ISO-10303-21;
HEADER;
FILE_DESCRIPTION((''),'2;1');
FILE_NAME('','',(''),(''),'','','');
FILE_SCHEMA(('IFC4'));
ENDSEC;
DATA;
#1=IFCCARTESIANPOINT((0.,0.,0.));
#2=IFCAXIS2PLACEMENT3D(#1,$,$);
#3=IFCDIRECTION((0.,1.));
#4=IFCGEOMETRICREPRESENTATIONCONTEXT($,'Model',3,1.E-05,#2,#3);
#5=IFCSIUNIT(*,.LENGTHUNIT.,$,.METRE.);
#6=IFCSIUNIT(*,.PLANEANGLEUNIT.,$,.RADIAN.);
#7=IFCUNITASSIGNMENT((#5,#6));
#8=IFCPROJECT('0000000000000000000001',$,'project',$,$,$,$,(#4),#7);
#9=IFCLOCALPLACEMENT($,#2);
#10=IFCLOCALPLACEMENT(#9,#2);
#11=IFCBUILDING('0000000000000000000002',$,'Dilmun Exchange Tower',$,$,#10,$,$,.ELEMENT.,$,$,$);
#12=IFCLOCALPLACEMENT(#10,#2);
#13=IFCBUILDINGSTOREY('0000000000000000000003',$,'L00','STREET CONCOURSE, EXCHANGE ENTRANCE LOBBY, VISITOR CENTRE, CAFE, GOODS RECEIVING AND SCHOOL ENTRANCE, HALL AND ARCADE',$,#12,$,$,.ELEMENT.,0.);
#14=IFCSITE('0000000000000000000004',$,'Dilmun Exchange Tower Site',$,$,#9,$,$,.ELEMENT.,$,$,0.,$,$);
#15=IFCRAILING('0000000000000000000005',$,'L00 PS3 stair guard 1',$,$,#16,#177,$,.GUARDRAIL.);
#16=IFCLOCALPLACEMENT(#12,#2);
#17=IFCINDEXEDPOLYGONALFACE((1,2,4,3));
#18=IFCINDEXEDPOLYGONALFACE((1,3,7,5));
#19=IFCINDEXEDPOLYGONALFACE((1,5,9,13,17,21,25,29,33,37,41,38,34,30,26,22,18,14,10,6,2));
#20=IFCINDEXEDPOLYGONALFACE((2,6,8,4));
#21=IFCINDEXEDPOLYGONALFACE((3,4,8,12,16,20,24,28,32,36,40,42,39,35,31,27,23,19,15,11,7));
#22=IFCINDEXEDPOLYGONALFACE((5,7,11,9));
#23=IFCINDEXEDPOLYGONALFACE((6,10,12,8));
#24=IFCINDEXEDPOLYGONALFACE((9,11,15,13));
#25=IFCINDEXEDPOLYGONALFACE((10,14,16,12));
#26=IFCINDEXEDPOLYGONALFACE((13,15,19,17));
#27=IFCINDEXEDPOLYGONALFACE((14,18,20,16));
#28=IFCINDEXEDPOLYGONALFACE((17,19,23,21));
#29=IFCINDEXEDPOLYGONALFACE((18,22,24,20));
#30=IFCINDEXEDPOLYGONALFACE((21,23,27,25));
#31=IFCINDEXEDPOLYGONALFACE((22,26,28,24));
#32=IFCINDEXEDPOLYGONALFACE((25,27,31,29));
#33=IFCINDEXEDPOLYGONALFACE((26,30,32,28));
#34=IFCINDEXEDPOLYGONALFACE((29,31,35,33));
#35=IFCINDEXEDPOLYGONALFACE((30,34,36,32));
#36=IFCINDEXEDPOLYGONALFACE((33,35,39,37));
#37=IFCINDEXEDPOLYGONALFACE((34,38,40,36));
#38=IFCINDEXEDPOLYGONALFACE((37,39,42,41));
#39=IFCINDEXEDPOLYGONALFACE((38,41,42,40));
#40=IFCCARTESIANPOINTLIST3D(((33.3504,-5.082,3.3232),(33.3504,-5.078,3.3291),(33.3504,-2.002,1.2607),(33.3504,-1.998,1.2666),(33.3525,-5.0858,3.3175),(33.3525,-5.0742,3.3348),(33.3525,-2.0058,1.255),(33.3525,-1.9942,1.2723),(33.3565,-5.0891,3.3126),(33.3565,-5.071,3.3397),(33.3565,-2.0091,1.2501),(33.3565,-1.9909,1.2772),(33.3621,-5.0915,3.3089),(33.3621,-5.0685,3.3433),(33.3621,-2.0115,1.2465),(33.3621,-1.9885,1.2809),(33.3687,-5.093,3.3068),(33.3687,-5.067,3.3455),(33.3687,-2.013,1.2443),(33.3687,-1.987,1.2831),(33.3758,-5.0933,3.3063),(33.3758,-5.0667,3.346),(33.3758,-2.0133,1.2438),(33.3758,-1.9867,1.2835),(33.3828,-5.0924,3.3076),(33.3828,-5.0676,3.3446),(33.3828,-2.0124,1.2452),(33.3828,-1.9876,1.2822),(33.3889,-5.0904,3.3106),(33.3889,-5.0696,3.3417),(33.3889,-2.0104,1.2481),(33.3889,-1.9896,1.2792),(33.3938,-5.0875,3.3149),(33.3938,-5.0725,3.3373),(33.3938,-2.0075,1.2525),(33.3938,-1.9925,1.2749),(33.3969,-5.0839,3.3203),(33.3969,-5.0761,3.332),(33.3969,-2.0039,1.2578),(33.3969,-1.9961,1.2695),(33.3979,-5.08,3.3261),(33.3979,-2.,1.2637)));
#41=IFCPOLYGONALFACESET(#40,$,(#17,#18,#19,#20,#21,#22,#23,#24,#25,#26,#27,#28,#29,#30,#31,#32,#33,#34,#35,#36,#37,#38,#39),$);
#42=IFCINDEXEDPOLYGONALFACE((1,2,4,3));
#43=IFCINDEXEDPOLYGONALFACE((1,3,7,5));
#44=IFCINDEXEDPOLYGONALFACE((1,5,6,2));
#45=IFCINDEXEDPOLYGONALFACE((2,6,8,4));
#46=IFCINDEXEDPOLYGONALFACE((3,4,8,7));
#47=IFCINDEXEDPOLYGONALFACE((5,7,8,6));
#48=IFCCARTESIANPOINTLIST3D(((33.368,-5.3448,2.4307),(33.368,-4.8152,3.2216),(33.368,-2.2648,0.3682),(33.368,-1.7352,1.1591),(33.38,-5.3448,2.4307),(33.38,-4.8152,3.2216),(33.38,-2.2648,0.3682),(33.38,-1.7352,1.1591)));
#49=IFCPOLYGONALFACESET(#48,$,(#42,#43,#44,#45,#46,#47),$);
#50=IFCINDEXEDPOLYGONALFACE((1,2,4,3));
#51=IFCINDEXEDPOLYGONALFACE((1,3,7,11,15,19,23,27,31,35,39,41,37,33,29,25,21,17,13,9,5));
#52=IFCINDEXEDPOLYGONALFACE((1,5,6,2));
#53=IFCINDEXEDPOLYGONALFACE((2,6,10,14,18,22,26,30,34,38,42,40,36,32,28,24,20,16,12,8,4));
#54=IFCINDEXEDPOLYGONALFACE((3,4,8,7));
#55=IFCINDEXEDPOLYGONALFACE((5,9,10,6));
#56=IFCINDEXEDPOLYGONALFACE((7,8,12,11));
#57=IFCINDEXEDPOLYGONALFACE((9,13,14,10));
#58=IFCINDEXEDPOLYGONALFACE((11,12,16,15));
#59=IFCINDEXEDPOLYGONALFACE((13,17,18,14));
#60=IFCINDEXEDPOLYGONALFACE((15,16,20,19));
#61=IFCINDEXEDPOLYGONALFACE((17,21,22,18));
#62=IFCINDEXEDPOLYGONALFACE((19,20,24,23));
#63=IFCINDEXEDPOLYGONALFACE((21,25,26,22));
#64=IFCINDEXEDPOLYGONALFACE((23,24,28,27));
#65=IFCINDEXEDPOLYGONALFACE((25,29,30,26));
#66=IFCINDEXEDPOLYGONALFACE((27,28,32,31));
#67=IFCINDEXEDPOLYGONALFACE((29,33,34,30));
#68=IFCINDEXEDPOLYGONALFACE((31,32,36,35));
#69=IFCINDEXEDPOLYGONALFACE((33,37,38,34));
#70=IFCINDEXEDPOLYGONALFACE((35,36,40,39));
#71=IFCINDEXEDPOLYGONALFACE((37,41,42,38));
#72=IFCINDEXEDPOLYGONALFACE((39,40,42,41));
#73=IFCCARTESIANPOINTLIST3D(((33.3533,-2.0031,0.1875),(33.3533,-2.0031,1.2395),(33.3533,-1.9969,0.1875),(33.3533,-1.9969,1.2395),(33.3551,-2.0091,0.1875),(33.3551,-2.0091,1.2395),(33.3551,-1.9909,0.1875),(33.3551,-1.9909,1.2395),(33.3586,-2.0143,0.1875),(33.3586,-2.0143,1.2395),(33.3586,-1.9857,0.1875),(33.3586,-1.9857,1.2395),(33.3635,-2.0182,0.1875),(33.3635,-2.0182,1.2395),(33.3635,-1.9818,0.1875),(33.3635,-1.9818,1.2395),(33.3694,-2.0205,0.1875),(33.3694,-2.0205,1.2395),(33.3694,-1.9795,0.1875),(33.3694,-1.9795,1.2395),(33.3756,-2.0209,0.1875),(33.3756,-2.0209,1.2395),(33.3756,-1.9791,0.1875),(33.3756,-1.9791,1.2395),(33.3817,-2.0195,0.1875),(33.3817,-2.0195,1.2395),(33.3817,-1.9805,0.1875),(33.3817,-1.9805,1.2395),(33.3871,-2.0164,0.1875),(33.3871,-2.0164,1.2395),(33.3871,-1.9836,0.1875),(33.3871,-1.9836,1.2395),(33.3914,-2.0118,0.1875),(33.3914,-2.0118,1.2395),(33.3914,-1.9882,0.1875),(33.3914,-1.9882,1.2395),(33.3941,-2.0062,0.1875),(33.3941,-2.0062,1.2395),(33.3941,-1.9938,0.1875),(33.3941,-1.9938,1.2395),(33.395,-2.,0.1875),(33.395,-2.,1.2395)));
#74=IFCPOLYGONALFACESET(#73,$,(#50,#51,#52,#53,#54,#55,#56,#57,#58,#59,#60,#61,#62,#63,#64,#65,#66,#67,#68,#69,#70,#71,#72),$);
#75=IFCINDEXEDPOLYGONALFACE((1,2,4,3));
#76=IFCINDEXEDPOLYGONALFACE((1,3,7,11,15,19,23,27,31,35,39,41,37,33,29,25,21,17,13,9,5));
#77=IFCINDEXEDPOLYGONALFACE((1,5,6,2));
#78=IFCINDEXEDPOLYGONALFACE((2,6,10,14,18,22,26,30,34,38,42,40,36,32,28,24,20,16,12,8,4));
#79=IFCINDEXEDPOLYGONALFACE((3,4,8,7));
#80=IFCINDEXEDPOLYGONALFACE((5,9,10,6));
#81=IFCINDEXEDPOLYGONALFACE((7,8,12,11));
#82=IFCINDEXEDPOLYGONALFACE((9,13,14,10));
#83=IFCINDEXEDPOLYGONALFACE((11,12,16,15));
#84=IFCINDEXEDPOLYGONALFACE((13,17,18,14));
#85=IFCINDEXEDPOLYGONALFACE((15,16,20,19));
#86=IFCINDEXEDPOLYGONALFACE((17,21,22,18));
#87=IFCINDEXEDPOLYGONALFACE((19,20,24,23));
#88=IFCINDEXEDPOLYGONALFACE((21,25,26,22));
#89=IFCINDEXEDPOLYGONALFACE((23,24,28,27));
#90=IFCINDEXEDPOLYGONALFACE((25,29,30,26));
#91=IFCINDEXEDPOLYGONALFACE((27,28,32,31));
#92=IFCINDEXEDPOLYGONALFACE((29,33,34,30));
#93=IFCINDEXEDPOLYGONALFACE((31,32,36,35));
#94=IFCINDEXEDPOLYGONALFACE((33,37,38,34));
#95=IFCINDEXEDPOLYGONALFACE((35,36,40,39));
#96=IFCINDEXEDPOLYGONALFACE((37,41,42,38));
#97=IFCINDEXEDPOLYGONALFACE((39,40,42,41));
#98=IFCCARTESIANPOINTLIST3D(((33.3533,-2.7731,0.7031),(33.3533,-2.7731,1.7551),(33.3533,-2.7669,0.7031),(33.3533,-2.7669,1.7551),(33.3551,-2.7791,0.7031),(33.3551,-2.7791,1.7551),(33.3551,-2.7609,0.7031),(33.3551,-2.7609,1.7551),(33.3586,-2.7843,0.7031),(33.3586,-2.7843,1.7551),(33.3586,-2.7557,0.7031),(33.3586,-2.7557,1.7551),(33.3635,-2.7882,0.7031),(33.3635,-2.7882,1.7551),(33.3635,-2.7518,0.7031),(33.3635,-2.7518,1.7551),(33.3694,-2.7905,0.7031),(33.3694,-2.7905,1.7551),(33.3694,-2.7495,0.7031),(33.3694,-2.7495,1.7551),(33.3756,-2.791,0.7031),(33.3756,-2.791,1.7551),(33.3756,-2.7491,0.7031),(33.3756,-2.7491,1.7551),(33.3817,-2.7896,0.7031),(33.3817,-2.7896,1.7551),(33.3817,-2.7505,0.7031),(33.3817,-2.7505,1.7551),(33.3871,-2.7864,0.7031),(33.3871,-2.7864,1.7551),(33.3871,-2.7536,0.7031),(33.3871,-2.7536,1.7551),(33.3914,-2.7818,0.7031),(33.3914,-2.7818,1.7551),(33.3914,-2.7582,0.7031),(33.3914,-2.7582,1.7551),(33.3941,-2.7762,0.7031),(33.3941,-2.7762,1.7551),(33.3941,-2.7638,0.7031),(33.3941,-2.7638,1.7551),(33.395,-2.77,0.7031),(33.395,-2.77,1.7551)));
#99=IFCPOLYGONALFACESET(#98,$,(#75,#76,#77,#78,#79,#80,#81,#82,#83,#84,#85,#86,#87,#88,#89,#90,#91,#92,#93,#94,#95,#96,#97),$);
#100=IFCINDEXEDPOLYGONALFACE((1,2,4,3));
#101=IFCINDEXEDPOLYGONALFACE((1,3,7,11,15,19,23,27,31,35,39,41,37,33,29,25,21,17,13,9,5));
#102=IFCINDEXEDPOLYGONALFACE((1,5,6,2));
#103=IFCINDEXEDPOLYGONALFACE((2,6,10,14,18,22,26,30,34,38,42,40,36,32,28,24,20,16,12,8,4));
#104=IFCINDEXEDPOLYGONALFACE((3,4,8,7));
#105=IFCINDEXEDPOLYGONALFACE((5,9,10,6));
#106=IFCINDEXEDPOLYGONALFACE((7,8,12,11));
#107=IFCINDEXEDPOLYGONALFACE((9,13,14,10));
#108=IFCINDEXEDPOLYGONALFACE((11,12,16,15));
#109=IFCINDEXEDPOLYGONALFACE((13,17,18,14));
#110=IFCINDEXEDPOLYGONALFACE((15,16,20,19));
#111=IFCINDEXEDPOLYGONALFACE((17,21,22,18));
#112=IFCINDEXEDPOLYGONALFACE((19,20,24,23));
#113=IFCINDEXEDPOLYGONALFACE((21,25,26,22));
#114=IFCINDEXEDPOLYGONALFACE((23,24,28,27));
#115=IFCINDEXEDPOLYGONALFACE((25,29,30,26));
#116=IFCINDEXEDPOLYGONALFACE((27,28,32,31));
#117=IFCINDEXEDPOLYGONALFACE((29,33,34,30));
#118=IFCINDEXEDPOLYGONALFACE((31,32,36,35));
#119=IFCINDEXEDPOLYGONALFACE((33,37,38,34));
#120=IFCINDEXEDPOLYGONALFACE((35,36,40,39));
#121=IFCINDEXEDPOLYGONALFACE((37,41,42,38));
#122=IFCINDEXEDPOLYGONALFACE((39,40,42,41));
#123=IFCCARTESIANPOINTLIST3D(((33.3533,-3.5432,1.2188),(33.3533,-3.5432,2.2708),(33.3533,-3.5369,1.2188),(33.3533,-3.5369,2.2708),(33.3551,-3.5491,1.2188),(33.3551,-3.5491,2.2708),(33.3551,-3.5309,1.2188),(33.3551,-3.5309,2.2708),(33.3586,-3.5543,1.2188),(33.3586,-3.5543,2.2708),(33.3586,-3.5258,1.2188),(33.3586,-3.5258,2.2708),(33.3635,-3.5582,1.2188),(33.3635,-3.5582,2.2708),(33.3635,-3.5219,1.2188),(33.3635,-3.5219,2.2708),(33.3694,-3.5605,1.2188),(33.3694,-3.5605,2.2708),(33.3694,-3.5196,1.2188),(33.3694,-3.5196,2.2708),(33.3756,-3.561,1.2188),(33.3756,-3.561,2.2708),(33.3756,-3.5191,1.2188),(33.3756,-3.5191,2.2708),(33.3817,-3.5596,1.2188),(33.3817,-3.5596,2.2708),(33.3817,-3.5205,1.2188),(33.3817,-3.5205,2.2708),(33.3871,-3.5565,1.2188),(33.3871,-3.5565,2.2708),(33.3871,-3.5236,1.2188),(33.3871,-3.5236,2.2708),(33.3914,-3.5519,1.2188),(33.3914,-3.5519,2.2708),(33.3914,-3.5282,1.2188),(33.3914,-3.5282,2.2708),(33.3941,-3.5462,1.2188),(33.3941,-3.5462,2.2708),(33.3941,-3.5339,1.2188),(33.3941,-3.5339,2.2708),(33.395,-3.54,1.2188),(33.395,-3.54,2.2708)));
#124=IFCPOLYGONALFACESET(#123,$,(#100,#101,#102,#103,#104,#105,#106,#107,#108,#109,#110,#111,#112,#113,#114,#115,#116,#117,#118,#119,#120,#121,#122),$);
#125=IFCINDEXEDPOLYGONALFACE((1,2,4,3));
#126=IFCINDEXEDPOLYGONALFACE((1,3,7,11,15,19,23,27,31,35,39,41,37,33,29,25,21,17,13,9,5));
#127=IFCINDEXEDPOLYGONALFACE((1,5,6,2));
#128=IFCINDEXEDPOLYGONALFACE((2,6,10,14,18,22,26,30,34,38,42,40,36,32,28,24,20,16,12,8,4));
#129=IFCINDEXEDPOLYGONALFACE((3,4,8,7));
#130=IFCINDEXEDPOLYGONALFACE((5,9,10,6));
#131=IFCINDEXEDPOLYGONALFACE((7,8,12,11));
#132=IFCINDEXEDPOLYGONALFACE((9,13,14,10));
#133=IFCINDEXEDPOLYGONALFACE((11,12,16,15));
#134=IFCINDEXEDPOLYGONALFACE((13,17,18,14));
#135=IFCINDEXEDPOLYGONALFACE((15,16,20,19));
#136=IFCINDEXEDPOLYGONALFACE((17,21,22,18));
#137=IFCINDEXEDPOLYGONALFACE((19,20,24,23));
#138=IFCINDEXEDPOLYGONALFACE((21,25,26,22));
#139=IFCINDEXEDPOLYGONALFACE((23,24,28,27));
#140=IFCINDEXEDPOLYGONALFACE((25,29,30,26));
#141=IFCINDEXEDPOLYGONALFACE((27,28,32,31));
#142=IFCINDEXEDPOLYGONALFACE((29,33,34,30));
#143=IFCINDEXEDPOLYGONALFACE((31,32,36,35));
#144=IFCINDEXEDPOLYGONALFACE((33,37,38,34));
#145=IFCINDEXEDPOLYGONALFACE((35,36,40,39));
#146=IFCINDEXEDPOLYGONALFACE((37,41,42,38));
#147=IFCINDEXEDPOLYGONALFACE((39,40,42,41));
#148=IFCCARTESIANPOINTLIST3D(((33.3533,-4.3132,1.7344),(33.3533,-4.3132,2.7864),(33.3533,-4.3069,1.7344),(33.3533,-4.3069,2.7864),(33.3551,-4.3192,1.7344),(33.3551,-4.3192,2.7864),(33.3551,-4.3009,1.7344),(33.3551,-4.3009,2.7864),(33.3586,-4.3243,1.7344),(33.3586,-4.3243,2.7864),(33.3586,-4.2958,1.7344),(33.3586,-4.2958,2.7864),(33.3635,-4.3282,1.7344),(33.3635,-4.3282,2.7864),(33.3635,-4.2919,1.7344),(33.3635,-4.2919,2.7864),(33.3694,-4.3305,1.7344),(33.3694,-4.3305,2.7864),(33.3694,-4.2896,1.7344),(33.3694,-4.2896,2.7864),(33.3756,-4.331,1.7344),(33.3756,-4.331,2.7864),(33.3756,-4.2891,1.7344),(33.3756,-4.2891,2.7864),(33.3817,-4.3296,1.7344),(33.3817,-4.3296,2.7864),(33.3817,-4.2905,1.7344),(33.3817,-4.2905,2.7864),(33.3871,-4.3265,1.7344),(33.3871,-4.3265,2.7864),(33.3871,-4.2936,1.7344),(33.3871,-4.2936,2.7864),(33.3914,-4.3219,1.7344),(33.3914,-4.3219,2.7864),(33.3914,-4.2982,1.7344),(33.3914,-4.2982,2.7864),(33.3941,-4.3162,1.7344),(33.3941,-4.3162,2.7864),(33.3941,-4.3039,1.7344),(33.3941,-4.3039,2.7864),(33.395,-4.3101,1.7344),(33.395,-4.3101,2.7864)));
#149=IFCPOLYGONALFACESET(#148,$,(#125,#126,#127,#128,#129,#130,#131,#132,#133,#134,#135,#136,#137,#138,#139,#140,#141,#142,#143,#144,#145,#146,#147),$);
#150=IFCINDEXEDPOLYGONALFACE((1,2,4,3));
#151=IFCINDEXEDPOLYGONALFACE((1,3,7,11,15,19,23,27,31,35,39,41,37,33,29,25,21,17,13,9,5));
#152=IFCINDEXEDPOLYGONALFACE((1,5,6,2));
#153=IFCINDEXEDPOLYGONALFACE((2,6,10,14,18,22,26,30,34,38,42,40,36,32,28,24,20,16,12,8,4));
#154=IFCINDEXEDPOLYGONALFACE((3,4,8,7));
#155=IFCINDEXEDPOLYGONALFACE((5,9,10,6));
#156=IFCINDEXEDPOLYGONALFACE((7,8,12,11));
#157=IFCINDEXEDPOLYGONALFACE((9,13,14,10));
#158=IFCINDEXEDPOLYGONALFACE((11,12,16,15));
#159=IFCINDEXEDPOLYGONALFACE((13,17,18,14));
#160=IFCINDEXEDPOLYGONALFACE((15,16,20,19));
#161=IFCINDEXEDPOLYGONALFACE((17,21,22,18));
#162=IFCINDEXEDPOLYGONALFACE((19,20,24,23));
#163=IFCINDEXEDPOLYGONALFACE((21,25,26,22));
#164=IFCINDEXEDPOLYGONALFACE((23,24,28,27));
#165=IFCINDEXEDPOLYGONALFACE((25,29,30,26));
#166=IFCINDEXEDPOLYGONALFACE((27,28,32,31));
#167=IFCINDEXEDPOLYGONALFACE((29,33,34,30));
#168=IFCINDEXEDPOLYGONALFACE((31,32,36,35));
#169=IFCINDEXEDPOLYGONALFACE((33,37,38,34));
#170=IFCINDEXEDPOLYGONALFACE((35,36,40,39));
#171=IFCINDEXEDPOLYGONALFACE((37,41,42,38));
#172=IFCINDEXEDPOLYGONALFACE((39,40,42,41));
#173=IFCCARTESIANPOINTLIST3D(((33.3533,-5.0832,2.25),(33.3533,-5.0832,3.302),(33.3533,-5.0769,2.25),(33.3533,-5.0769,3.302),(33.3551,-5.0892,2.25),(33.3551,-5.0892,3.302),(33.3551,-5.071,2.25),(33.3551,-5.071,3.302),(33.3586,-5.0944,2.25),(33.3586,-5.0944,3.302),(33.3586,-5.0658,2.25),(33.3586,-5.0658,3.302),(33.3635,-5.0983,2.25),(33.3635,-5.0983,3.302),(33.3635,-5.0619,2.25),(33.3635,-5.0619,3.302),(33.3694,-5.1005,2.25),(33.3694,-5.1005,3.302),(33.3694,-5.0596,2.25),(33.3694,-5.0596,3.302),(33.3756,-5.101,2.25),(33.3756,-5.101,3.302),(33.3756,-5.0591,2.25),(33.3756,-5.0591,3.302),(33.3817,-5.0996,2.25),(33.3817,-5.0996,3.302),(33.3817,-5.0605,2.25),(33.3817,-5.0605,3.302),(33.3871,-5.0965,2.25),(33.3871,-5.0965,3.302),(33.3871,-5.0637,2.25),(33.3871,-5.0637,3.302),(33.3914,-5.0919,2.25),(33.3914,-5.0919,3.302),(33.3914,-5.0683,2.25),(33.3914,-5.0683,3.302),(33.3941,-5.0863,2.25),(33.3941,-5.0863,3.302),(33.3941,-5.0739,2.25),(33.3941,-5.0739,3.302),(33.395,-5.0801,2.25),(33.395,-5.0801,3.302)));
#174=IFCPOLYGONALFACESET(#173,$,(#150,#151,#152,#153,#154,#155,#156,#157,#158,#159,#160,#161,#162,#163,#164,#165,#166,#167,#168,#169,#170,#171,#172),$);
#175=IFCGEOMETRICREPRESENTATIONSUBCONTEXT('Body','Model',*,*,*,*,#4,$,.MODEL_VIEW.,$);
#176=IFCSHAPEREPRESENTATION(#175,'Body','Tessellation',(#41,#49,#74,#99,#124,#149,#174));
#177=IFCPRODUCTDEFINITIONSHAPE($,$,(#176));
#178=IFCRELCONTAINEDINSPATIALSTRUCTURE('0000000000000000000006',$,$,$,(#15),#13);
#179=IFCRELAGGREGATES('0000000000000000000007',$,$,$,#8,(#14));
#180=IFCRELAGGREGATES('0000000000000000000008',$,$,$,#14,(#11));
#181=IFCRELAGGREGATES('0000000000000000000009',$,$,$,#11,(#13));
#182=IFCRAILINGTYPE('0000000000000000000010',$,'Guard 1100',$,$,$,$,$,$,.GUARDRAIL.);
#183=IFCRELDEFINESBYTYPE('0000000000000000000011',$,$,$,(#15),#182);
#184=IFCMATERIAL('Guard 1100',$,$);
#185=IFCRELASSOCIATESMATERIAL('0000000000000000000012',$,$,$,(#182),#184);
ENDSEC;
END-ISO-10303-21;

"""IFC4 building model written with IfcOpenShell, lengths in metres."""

from ifc_helpers import new_model, si_unit, direction, frame, origin, origin_2d, place, context, subcontext, project, spatial, rectangle, circle, extrude, material, type_object, element, save


model = new_model("IFC4")

# Units and contexts
model_context = context("Model", 3, precision=1e-05, world=origin(), true_north=direction((0.0, 1.0)))
body_context = subcontext(model_context, "Body", "Model", "MODEL_VIEW")
ifc_project = project(units=[si_unit("LENGTHUNIT", "METRE"), si_unit("PLANEANGLEUNIT", "RADIAN")], contexts=[model_context])

# Site, building, storey
site_placement = place(None, origin())
site = spatial("IfcSite", under=ifc_project, at=site_placement, Name="Dilmun Exchange Tower Site", CompositionType="ELEMENT", RefElevation=0.0)
building_placement = place(site_placement, origin())
building = spatial("IfcBuilding", under=site, at=building_placement, Name="Dilmun Exchange Tower", CompositionType="ELEMENT")
storey_placement = place(building_placement, origin())
storey = spatial("IfcBuildingStorey", under=building, at=storey_placement, Name="L00", Description="STREET CONCOURSE, EXCHANGE ENTRANCE LOBBY, VISITOR CENTRE, CAFE, GOODS RECEIVING AND SCHOOL ENTRANCE, HALL AND ARCADE", CompositionType="ELEMENT", Elevation=0.0)

# Railing
ifc_material_1 = material(Name="Guard 1100")
railing_type_1 = type_object("IfcRailingType", Name="Guard 1100", PredefinedType="GUARDRAIL", material=ifc_material_1)
railing_1_placement = place(storey_placement, frame((33.374, -2.0, 0.1875)))
element("IfcRailing", 1, at=railing_1_placement, inside=storey, type_object=railing_type_1, Name="L00 PS3 stair guard 1", PredefinedType="GUARDRAIL", context=body_context, shape_type="SweptSolid", body=[
    extrude(circle(Radius=0.0239, at=origin_2d()), frame((0.0, 0.0, 1.0762), z_axis=(0.0, -0.830914, 0.556401), x_axis=(1.0, 0.0, 0.0)), (0.0, 0.0, 1.0), 3.7068),
    extrude(rectangle(XDim=0.012, YDim=0.9519, at=origin_2d()), frame((0.0, 0.0, 0.5762), z_axis=(0.0, -0.830914, 0.556401), x_axis=(1.0, 0.0, 0.0)), (0.0, 0.0, 1.0), 3.7068),
    extrude(circle(Radius=0.021, at=origin_2d()), origin(), (0.0, 0.0, 1.0), 1.052),
    extrude(circle(Radius=0.021, at=origin_2d()), frame((0.0, -0.77, 0.5156)), (0.0, 0.0, 1.0), 1.052),
    extrude(circle(Radius=0.021, at=origin_2d()), frame((0.0, -1.54, 1.0312)), (0.0, 0.0, 1.0), 1.052),
    extrude(circle(Radius=0.021, at=origin_2d()), frame((0.0, -2.3101, 1.5469)), (0.0, 0.0, 1.0), 1.052),
    extrude(circle(Radius=0.021, at=origin_2d()), frame((0.0, -3.0801, 2.0625)), (0.0, 0.0, 1.0), 1.052),
])

save(model, "model.ifc")
